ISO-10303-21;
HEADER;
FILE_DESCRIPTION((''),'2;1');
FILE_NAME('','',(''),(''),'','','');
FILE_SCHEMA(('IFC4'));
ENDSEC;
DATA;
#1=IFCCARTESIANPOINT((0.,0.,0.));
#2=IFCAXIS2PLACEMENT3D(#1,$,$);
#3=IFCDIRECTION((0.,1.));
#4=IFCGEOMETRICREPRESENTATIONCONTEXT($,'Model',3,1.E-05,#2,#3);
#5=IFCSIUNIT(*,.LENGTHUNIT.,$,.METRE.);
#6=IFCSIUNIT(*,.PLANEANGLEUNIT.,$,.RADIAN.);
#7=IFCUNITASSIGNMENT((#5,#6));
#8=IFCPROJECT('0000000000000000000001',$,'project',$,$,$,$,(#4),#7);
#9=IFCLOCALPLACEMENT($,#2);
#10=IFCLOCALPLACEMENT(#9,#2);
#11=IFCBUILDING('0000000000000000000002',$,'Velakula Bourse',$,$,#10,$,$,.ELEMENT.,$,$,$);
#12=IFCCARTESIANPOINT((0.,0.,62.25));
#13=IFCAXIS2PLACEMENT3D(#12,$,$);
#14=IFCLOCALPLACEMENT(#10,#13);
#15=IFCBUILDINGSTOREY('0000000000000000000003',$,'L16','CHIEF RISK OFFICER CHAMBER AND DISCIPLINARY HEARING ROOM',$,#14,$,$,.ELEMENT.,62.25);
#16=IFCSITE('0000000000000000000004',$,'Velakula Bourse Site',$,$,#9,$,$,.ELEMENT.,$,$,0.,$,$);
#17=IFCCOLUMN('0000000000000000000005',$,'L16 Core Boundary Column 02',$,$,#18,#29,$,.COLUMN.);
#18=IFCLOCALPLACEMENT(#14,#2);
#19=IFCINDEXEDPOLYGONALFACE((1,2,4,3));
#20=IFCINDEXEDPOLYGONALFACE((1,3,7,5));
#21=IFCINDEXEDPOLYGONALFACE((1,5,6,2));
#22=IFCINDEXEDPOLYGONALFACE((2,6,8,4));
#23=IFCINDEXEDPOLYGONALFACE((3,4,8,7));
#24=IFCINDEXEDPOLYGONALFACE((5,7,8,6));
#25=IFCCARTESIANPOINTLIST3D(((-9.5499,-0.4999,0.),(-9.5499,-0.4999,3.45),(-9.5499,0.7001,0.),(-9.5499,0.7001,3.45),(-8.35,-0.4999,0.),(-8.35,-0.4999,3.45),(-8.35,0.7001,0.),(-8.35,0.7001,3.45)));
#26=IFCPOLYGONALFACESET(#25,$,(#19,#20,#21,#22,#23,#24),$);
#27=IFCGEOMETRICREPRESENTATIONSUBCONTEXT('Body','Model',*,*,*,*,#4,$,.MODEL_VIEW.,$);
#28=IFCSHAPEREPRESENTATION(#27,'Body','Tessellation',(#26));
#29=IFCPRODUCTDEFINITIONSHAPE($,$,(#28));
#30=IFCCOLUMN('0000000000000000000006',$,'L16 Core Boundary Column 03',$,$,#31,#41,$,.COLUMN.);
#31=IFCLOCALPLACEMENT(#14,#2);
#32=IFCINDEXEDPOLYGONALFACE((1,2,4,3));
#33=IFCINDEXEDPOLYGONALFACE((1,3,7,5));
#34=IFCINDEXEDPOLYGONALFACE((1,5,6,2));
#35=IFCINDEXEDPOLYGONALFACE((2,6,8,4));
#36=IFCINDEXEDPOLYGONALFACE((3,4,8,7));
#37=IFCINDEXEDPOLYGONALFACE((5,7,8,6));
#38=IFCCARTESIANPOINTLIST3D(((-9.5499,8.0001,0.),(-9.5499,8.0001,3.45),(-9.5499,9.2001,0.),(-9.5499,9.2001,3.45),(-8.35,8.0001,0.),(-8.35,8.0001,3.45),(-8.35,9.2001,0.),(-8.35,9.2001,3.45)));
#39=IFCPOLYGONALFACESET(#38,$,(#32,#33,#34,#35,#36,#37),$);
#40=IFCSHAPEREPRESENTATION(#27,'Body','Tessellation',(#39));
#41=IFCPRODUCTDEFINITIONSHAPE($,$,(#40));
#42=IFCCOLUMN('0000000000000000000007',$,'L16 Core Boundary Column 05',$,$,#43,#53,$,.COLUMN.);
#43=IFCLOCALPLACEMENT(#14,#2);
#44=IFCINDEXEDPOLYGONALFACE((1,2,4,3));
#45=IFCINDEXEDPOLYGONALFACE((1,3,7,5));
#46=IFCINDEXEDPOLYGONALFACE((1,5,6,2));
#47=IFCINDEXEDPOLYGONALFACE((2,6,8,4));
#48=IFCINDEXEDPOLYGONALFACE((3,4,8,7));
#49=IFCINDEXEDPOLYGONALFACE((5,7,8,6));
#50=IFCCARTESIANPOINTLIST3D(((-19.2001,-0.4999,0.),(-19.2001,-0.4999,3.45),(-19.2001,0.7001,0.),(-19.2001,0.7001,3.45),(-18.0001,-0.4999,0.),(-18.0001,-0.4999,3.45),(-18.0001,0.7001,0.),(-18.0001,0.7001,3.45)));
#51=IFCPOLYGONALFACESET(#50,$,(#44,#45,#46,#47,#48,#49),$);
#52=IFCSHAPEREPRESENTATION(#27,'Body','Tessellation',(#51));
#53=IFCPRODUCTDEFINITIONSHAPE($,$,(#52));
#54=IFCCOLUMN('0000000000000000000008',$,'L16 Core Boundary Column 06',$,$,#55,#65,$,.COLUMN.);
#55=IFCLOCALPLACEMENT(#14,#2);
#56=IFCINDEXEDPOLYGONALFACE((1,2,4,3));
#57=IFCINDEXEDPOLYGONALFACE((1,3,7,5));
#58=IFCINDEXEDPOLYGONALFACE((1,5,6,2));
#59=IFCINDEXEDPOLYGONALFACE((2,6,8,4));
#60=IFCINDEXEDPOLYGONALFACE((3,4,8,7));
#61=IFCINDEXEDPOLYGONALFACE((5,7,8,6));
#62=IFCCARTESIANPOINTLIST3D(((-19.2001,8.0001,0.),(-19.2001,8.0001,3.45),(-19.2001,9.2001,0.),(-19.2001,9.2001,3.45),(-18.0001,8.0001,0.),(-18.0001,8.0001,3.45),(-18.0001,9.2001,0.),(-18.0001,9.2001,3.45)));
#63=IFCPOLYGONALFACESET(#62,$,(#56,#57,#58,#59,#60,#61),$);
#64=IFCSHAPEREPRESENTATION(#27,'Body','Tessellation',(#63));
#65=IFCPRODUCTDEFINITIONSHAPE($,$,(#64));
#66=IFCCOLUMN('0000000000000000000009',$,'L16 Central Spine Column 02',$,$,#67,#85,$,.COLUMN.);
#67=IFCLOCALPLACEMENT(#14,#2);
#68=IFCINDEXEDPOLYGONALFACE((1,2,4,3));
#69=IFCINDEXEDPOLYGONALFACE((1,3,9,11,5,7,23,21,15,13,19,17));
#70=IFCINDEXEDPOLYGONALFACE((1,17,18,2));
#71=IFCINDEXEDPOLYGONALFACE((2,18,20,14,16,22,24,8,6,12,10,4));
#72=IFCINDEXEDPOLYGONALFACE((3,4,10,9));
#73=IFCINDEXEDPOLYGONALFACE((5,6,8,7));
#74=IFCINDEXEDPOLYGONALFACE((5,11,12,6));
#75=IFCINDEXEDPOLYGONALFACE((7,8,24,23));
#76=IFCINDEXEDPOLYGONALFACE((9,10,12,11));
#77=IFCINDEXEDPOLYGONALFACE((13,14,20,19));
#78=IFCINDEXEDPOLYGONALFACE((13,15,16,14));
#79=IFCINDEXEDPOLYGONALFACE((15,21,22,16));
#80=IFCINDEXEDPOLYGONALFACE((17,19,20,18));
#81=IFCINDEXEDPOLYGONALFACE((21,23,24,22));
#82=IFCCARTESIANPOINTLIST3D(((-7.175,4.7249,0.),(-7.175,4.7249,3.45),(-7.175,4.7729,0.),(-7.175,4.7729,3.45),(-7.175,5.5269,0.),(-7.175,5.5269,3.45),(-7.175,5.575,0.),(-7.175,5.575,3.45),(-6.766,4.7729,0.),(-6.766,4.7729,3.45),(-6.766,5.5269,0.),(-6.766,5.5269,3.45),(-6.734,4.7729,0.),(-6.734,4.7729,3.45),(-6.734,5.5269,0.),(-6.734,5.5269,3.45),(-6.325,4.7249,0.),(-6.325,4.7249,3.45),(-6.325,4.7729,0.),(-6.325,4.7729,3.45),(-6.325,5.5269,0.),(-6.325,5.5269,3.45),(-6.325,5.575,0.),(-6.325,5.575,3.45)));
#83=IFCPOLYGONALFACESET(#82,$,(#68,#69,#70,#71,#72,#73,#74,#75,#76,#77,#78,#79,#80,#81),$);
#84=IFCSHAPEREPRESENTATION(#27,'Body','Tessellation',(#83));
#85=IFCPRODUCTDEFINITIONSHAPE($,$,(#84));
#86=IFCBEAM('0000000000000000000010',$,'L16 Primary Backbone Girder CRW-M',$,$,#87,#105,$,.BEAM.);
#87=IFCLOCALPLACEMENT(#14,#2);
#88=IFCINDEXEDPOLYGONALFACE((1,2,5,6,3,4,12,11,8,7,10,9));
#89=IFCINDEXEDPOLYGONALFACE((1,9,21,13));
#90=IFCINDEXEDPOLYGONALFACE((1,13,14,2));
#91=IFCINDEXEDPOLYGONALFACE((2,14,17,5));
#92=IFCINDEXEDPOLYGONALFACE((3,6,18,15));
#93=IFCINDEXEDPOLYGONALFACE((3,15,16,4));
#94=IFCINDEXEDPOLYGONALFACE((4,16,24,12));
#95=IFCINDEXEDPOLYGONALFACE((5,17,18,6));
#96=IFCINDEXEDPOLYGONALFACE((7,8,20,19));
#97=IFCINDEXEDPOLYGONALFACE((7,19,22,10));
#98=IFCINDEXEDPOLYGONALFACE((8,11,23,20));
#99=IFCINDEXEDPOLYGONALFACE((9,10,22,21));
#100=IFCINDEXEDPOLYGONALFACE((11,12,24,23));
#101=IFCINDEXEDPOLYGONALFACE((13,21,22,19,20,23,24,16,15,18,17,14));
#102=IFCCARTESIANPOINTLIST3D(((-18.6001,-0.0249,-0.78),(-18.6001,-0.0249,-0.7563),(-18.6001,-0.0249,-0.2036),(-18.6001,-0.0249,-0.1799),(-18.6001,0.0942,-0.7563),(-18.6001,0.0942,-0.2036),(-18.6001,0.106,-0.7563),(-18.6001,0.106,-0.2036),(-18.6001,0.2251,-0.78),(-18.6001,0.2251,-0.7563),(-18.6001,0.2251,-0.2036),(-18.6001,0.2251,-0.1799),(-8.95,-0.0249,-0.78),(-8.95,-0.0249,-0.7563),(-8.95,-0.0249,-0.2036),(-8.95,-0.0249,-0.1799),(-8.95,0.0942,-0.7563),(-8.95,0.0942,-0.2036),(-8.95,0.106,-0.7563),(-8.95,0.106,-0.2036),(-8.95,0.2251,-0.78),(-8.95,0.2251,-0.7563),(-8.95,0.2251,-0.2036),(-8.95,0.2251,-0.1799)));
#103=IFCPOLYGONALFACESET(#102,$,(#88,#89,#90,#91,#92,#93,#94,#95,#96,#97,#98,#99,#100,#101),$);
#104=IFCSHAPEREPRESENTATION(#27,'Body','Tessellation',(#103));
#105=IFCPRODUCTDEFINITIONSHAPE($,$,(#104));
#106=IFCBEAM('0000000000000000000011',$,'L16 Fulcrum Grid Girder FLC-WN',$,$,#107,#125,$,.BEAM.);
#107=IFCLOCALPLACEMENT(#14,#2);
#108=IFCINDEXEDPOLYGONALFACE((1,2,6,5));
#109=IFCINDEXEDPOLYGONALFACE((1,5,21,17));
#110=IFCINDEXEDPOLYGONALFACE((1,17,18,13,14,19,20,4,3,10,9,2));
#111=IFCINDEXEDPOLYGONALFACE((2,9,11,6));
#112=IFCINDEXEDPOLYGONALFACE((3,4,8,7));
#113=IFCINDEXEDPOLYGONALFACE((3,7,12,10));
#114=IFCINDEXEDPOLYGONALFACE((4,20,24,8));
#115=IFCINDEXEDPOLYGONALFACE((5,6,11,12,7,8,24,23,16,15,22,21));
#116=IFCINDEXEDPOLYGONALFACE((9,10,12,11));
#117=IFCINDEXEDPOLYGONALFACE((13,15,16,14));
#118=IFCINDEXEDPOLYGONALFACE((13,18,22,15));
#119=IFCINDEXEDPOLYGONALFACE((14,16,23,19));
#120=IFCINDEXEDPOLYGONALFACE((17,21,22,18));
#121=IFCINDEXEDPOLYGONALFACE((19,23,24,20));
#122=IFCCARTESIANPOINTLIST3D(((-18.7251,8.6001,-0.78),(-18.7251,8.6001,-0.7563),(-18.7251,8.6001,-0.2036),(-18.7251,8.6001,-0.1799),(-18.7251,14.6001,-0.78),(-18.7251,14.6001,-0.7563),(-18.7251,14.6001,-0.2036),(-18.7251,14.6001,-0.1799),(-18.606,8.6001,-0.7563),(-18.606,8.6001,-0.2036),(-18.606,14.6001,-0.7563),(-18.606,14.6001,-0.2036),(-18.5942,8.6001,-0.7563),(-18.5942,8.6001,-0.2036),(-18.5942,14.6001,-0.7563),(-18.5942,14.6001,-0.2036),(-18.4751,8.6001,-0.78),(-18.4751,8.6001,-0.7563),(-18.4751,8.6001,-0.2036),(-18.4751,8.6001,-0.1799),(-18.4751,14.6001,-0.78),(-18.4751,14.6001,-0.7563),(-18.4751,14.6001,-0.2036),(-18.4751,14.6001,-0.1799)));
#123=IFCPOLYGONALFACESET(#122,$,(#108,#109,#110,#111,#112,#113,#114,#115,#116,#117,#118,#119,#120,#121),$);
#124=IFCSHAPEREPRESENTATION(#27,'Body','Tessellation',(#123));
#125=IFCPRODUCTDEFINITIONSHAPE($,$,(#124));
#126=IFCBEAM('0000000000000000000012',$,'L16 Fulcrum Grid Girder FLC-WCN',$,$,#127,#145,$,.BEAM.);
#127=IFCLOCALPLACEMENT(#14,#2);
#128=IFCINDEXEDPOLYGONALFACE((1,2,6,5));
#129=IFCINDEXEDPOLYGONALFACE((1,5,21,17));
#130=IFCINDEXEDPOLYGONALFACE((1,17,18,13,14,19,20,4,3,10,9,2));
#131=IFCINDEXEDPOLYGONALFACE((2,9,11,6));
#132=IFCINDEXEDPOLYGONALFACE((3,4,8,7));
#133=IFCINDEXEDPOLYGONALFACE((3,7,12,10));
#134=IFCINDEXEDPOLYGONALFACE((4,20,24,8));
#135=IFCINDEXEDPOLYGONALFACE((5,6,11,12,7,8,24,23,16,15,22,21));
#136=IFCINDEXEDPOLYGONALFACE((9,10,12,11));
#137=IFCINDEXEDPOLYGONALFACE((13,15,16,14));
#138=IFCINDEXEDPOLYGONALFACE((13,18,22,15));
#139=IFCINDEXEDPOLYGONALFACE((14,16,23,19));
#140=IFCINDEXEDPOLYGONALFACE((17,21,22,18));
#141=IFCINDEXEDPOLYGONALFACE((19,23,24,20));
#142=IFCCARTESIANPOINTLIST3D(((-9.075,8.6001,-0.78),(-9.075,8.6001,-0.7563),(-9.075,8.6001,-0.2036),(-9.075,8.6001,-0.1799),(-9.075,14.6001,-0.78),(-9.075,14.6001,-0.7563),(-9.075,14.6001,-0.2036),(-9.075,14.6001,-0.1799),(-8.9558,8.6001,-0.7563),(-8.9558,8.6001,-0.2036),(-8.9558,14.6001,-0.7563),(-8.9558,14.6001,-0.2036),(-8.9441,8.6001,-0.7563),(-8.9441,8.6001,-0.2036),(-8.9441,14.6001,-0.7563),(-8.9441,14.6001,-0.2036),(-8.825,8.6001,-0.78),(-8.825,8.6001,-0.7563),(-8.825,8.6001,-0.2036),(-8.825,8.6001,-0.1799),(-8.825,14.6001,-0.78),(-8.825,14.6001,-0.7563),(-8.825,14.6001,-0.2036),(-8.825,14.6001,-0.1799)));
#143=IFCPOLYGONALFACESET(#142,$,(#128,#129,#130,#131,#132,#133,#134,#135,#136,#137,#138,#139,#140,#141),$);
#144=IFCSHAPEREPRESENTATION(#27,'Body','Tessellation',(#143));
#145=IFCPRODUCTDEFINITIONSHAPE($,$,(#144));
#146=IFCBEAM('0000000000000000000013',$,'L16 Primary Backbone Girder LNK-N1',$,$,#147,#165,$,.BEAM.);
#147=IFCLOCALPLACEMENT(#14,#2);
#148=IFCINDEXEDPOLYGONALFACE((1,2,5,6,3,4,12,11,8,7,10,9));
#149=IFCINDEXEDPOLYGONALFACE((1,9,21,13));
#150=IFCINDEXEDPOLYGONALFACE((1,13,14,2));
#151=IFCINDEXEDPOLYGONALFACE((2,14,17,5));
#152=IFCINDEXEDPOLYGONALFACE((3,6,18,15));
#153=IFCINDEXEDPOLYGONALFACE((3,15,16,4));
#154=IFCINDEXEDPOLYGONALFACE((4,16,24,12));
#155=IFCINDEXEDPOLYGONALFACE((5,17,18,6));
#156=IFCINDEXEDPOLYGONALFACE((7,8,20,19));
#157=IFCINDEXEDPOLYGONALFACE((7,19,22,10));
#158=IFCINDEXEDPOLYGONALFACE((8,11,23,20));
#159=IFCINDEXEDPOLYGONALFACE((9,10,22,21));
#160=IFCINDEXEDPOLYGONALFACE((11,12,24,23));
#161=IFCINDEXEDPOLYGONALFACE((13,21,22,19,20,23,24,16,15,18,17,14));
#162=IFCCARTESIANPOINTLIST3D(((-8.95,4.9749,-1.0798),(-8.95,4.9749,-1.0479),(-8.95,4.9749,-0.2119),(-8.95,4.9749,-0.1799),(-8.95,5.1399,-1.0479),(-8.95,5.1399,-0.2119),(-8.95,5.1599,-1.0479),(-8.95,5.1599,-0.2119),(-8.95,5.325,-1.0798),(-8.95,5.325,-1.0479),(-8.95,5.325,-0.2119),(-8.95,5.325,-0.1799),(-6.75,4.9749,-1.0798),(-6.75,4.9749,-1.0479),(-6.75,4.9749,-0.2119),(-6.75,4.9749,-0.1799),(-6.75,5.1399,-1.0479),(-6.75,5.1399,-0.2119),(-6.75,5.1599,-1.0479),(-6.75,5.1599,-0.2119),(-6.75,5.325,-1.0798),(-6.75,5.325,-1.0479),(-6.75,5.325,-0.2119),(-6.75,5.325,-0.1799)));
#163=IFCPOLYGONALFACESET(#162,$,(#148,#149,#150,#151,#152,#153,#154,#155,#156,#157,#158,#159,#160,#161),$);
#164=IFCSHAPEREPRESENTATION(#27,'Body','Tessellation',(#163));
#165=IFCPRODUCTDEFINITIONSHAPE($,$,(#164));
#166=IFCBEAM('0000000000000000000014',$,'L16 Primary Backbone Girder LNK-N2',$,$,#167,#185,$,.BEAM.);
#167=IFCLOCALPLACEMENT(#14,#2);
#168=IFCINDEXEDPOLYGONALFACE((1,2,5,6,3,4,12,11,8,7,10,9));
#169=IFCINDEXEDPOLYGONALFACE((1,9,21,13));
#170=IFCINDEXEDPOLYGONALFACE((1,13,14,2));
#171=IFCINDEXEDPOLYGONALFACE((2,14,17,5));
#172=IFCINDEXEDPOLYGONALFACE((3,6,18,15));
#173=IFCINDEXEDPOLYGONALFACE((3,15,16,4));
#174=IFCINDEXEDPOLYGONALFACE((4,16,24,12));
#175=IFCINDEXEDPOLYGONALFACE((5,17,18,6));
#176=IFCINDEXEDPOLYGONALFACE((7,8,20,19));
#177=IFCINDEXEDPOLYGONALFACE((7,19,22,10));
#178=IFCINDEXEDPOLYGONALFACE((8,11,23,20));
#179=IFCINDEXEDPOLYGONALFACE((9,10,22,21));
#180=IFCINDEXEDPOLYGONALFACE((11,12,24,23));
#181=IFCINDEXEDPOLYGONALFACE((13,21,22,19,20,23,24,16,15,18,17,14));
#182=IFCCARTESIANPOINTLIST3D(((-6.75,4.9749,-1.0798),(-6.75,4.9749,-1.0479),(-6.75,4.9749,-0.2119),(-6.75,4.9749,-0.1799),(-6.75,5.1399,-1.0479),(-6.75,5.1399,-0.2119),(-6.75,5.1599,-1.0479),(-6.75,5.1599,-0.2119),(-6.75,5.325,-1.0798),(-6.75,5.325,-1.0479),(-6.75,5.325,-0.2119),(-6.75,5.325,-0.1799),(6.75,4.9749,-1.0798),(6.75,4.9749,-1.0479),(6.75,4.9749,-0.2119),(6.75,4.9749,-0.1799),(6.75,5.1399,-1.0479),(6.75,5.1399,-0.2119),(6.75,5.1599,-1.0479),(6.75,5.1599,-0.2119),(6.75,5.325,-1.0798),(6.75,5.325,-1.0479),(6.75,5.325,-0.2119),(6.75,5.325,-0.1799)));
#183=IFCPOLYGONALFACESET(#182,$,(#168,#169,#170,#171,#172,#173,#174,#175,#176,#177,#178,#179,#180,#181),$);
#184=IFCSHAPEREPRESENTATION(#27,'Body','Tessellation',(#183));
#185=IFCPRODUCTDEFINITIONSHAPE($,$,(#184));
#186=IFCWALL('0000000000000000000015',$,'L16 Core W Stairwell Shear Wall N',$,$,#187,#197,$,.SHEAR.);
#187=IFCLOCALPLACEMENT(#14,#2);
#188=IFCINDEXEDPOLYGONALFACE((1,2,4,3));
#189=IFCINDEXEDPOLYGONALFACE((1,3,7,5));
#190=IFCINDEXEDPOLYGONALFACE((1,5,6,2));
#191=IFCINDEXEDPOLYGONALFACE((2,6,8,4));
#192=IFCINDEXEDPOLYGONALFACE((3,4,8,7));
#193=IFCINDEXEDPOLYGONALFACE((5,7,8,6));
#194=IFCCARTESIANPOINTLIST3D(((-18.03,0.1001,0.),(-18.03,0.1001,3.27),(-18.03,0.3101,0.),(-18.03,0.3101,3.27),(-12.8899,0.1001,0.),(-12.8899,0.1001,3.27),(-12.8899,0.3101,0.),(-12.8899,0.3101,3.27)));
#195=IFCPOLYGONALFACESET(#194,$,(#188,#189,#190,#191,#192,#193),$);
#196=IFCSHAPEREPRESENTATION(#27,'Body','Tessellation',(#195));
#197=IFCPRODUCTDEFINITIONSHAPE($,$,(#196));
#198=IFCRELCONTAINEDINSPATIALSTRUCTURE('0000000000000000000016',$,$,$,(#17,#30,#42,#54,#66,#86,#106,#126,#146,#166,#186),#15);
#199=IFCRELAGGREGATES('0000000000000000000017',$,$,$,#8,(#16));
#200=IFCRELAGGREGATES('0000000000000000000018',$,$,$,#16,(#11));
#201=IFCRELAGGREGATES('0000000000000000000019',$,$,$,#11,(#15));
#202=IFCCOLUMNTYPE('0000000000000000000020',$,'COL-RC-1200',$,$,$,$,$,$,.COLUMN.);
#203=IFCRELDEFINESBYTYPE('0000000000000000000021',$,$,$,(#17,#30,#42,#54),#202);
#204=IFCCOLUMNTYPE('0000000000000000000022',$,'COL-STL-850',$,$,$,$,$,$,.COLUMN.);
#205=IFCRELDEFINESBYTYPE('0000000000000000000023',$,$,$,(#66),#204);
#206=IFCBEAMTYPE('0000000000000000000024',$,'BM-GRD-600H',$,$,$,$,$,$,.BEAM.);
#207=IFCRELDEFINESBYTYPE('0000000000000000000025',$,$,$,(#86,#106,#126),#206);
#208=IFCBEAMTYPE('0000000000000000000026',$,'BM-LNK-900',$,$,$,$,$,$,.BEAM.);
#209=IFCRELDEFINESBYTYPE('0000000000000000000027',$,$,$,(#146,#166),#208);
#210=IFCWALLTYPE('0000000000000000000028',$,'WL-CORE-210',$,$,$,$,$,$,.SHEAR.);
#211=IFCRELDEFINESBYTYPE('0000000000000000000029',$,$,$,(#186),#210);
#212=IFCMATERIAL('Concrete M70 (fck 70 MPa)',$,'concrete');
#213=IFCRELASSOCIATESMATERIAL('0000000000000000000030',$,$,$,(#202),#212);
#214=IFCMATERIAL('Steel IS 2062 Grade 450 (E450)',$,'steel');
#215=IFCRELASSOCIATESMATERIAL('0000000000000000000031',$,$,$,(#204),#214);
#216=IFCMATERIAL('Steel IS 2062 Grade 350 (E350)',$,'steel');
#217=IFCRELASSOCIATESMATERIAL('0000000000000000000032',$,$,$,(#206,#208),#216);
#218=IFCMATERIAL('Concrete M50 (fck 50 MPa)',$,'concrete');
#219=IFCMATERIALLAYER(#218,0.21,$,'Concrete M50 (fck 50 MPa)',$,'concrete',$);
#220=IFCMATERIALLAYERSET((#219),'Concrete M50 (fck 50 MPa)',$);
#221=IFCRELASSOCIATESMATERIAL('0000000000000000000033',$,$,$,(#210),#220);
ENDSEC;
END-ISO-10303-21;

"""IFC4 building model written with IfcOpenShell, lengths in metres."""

from ifc_helpers import new_model, si_unit, direction, frame, frame_2d, origin, origin_2d, place, context, subcontext, project, spatial, rectangle, i_section, extrude, material, layer, layer_set, material_profile, profile_set, type_object, element, save


model = new_model("IFC4")

# Units and contexts
model_context = context("Model", 3, precision=1e-05, world=origin(), true_north=direction((0.0, 1.0)))
body_context = subcontext(model_context, "Body", "Model", "MODEL_VIEW")
ifc_project = project(units=[si_unit("LENGTHUNIT", "METRE"), si_unit("PLANEANGLEUNIT", "RADIAN")], contexts=[model_context])

# Site, building, storey
site_placement = place(None, origin())
site = spatial("IfcSite", under=ifc_project, at=site_placement, Name="Velakula Bourse Site", CompositionType="ELEMENT", RefElevation=0.0)
building_placement = place(site_placement, origin())
building = spatial("IfcBuilding", under=site, at=building_placement, Name="Velakula Bourse", CompositionType="ELEMENT")
storey_placement = place(building_placement, frame((0.0, 0.0, 62.25)))
storey = spatial("IfcBuildingStorey", under=building, at=storey_placement, Name="L16", Description="CHIEF RISK OFFICER CHAMBER AND DISCIPLINARY HEARING ROOM", CompositionType="ELEMENT", Elevation=62.25)

# Columns
ifc_material_1 = material(Name="Concrete M70 (fck 70 MPa)", Category="concrete")
ifc_material_profile_1 = material_profile(ifc_material_1, rectangle(XDim=1.2, YDim=1.2, at=origin_2d()), Name="Concrete M70 (fck 70 MPa)")
ifc_profile_set_1 = profile_set([ifc_material_profile_1], Name="Concrete M70 (fck 70 MPa)")
column_type_1 = type_object("IfcColumnType", Name="COL-RC-1200", PredefinedType="COLUMN", material=ifc_profile_set_1)
for number, where, z_axis, x_axis, name in (
    (1, (-8.95, 0.1001, 0.0), (0.0, 0.0, 1.0), (1.0, 0.0, 0.0), "L16 Core Boundary Column 02"),
    (2, (-8.95, 8.6001, 0.0), (0.0, 0.0, 1.0), (1.0, 0.0, 0.0), "L16 Core Boundary Column 03"),
    (3, (-18.6001, 0.1001, 0.0), (0.0, 0.0, 1.0), (1.0, 0.0, 0.0), "L16 Core Boundary Column 05"),
    (4, (-18.6001, 8.6001, 0.0), (0.0, 0.0, 1.0), (1.0, 0.0, 0.0), "L16 Core Boundary Column 06"),
):
    element("IfcColumn", number, at=place(storey_placement, frame(where, z_axis=z_axis, x_axis=x_axis)), inside=storey, type_object=column_type_1, Name=name, PredefinedType="COLUMN", context=body_context, shape_type="SweptSolid", body=[
        extrude(rectangle(XDim=1.2, YDim=1.2, at=origin_2d()), origin(), (0.0, 0.0, 1.0), 3.45),
    ])
ifc_material_2 = material(Name="Steel IS 2062 Grade 450 (E450)", Category="steel")
ifc_material_profile_2 = material_profile(ifc_material_2, i_section(OverallWidth=0.8501, OverallDepth=0.8501, WebThickness=0.032, FlangeThickness=0.0481, at=origin_2d()), Name="Steel IS 2062 Grade 450 (E450)")
ifc_profile_set_2 = profile_set([ifc_material_profile_2], Name="Steel IS 2062 Grade 450 (E450)")
column_type_2 = type_object("IfcColumnType", Name="COL-STL-850", PredefinedType="COLUMN", material=ifc_profile_set_2)
column_placement = place(storey_placement, frame((-6.75, 5.1499, 0.0), z_axis=(0.0, 0.0, 1.0), x_axis=(1.0, 0.0, 0.0)))
element("IfcColumn", 5, at=column_placement, inside=storey, type_object=column_type_2, Name="L16 Central Spine Column 02", PredefinedType="COLUMN", context=body_context, shape_type="SweptSolid", body=[
    extrude(i_section(OverallWidth=0.8501, OverallDepth=0.8501, WebThickness=0.032, FlangeThickness=0.0481, at=origin_2d()), origin(), (0.0, 0.0, 1.0), 3.45),
])

# Beams
ifc_material_3 = material(Name="Steel IS 2062 Grade 350 (E350)", Category="steel")
ifc_material_profile_3 = material_profile(ifc_material_3, i_section(OverallWidth=0.25, OverallDepth=0.6001, WebThickness=0.0117, FlangeThickness=0.0237, at=origin_2d()), Name="Steel IS 2062 Grade 350 (E350)")
ifc_profile_set_3 = profile_set([ifc_material_profile_3], Name="Steel IS 2062 Grade 350 (E350)")
beam_type_1 = type_object("IfcBeamType", Name="BM-GRD-600H", PredefinedType="BEAM", material=ifc_profile_set_3)
beam_1_placement = place(storey_placement, frame((-18.6001, 0.1001, -0.48), z_axis=(1.0, 0.0, 0.0), x_axis=(0.0, 1.0, 0.0)))
element("IfcBeam", 6, at=beam_1_placement, inside=storey, type_object=beam_type_1, Name="L16 Primary Backbone Girder CRW-M", PredefinedType="BEAM", context=body_context, shape_type="SweptSolid", body=[
    extrude(i_section(OverallWidth=0.25, OverallDepth=0.6001, WebThickness=0.0117, FlangeThickness=0.0237, at=origin_2d()), origin(), (0.0, 0.0, 1.0), 9.6501),
])
for number, where, z_axis, x_axis, name in (
    (7, (-18.6001, 8.6001, -0.48), (0.0, 1.0, 0.0), (-1.0, 0.0, 0.0), "L16 Fulcrum Grid Girder FLC-WN"),
    (8, (-8.95, 8.6001, -0.48), (0.0, 1.0, 0.0), (-1.0, 0.0, 0.0), "L16 Fulcrum Grid Girder FLC-WCN"),
):
    element("IfcBeam", number, at=place(storey_placement, frame(where, z_axis=z_axis, x_axis=x_axis)), inside=storey, type_object=beam_type_1, Name=name, PredefinedType="BEAM", context=body_context, shape_type="SweptSolid", body=[
        extrude(i_section(OverallWidth=0.25, OverallDepth=0.6001, WebThickness=0.0117, FlangeThickness=0.0237, at=origin_2d()), origin(), (0.0, 0.0, 1.0), 6.0),
    ])
ifc_material_profile_4 = material_profile(ifc_material_3, i_section(OverallWidth=0.3501, OverallDepth=0.8999, WebThickness=0.02, FlangeThickness=0.032, at=origin_2d()), Name="Steel IS 2062 Grade 350 (E350)")
ifc_profile_set_4 = profile_set([ifc_material_profile_4], Name="Steel IS 2062 Grade 350 (E350)")
beam_type_2 = type_object("IfcBeamType", Name="BM-LNK-900", PredefinedType="BEAM", material=ifc_profile_set_4)
beam_2_placement = place(storey_placement, frame((-8.95, 5.1499, -0.6299), z_axis=(1.0, 0.0, 0.0), x_axis=(0.0, 1.0, 0.0)))
element("IfcBeam", 9, at=beam_2_placement, inside=storey, type_object=beam_type_2, Name="L16 Primary Backbone Girder LNK-N1", PredefinedType="BEAM", context=body_context, shape_type="SweptSolid", body=[
    extrude(i_section(OverallWidth=0.3501, OverallDepth=0.8999, WebThickness=0.02, FlangeThickness=0.032, at=origin_2d()), origin(), (0.0, 0.0, 1.0), 2.2),
])
beam_3_placement = place(storey_placement, frame((-6.75, 5.1499, -0.6299), z_axis=(1.0, 0.0, 0.0), x_axis=(0.0, 1.0, 0.0)))
element("IfcBeam", 10, at=beam_3_placement, inside=storey, type_object=beam_type_2, Name="L16 Primary Backbone Girder LNK-N2", PredefinedType="BEAM", context=body_context, shape_type="SweptSolid", body=[
    extrude(i_section(OverallWidth=0.3501, OverallDepth=0.8999, WebThickness=0.02, FlangeThickness=0.032, at=origin_2d()), origin(), (0.0, 0.0, 1.0), 13.5),
])

# Wall
ifc_material_4 = material(Name="Concrete M50 (fck 50 MPa)", Category="concrete")
ifc_layer_1 = layer(ifc_material_4, 0.21, Name="Concrete M50 (fck 50 MPa)", Category="concrete")
ifc_layer_set_1 = layer_set([ifc_layer_1], Name="Concrete M50 (fck 50 MPa)")
wall_type_1 = type_object("IfcWallType", Name="WL-CORE-210", PredefinedType="SHEAR", material=ifc_layer_set_1)
wall_1_placement = place(storey_placement, frame((-12.8899, 0.2051, 0.0), z_axis=(0.0, 0.0, 1.0), x_axis=(-1.0, 0.0, 0.0)))
element("IfcWall", 11, at=wall_1_placement, inside=storey, type_object=wall_type_1, Name="L16 Core W Stairwell Shear Wall N", PredefinedType="SHEAR", context=body_context, shape_type="SweptSolid", body=[
    extrude(rectangle(XDim=5.1401, YDim=0.21, at=frame_2d((2.5701, 0.0))), origin(), (0.0, 0.0, 1.0), 3.27),
])

save(model, "model.ifc")
